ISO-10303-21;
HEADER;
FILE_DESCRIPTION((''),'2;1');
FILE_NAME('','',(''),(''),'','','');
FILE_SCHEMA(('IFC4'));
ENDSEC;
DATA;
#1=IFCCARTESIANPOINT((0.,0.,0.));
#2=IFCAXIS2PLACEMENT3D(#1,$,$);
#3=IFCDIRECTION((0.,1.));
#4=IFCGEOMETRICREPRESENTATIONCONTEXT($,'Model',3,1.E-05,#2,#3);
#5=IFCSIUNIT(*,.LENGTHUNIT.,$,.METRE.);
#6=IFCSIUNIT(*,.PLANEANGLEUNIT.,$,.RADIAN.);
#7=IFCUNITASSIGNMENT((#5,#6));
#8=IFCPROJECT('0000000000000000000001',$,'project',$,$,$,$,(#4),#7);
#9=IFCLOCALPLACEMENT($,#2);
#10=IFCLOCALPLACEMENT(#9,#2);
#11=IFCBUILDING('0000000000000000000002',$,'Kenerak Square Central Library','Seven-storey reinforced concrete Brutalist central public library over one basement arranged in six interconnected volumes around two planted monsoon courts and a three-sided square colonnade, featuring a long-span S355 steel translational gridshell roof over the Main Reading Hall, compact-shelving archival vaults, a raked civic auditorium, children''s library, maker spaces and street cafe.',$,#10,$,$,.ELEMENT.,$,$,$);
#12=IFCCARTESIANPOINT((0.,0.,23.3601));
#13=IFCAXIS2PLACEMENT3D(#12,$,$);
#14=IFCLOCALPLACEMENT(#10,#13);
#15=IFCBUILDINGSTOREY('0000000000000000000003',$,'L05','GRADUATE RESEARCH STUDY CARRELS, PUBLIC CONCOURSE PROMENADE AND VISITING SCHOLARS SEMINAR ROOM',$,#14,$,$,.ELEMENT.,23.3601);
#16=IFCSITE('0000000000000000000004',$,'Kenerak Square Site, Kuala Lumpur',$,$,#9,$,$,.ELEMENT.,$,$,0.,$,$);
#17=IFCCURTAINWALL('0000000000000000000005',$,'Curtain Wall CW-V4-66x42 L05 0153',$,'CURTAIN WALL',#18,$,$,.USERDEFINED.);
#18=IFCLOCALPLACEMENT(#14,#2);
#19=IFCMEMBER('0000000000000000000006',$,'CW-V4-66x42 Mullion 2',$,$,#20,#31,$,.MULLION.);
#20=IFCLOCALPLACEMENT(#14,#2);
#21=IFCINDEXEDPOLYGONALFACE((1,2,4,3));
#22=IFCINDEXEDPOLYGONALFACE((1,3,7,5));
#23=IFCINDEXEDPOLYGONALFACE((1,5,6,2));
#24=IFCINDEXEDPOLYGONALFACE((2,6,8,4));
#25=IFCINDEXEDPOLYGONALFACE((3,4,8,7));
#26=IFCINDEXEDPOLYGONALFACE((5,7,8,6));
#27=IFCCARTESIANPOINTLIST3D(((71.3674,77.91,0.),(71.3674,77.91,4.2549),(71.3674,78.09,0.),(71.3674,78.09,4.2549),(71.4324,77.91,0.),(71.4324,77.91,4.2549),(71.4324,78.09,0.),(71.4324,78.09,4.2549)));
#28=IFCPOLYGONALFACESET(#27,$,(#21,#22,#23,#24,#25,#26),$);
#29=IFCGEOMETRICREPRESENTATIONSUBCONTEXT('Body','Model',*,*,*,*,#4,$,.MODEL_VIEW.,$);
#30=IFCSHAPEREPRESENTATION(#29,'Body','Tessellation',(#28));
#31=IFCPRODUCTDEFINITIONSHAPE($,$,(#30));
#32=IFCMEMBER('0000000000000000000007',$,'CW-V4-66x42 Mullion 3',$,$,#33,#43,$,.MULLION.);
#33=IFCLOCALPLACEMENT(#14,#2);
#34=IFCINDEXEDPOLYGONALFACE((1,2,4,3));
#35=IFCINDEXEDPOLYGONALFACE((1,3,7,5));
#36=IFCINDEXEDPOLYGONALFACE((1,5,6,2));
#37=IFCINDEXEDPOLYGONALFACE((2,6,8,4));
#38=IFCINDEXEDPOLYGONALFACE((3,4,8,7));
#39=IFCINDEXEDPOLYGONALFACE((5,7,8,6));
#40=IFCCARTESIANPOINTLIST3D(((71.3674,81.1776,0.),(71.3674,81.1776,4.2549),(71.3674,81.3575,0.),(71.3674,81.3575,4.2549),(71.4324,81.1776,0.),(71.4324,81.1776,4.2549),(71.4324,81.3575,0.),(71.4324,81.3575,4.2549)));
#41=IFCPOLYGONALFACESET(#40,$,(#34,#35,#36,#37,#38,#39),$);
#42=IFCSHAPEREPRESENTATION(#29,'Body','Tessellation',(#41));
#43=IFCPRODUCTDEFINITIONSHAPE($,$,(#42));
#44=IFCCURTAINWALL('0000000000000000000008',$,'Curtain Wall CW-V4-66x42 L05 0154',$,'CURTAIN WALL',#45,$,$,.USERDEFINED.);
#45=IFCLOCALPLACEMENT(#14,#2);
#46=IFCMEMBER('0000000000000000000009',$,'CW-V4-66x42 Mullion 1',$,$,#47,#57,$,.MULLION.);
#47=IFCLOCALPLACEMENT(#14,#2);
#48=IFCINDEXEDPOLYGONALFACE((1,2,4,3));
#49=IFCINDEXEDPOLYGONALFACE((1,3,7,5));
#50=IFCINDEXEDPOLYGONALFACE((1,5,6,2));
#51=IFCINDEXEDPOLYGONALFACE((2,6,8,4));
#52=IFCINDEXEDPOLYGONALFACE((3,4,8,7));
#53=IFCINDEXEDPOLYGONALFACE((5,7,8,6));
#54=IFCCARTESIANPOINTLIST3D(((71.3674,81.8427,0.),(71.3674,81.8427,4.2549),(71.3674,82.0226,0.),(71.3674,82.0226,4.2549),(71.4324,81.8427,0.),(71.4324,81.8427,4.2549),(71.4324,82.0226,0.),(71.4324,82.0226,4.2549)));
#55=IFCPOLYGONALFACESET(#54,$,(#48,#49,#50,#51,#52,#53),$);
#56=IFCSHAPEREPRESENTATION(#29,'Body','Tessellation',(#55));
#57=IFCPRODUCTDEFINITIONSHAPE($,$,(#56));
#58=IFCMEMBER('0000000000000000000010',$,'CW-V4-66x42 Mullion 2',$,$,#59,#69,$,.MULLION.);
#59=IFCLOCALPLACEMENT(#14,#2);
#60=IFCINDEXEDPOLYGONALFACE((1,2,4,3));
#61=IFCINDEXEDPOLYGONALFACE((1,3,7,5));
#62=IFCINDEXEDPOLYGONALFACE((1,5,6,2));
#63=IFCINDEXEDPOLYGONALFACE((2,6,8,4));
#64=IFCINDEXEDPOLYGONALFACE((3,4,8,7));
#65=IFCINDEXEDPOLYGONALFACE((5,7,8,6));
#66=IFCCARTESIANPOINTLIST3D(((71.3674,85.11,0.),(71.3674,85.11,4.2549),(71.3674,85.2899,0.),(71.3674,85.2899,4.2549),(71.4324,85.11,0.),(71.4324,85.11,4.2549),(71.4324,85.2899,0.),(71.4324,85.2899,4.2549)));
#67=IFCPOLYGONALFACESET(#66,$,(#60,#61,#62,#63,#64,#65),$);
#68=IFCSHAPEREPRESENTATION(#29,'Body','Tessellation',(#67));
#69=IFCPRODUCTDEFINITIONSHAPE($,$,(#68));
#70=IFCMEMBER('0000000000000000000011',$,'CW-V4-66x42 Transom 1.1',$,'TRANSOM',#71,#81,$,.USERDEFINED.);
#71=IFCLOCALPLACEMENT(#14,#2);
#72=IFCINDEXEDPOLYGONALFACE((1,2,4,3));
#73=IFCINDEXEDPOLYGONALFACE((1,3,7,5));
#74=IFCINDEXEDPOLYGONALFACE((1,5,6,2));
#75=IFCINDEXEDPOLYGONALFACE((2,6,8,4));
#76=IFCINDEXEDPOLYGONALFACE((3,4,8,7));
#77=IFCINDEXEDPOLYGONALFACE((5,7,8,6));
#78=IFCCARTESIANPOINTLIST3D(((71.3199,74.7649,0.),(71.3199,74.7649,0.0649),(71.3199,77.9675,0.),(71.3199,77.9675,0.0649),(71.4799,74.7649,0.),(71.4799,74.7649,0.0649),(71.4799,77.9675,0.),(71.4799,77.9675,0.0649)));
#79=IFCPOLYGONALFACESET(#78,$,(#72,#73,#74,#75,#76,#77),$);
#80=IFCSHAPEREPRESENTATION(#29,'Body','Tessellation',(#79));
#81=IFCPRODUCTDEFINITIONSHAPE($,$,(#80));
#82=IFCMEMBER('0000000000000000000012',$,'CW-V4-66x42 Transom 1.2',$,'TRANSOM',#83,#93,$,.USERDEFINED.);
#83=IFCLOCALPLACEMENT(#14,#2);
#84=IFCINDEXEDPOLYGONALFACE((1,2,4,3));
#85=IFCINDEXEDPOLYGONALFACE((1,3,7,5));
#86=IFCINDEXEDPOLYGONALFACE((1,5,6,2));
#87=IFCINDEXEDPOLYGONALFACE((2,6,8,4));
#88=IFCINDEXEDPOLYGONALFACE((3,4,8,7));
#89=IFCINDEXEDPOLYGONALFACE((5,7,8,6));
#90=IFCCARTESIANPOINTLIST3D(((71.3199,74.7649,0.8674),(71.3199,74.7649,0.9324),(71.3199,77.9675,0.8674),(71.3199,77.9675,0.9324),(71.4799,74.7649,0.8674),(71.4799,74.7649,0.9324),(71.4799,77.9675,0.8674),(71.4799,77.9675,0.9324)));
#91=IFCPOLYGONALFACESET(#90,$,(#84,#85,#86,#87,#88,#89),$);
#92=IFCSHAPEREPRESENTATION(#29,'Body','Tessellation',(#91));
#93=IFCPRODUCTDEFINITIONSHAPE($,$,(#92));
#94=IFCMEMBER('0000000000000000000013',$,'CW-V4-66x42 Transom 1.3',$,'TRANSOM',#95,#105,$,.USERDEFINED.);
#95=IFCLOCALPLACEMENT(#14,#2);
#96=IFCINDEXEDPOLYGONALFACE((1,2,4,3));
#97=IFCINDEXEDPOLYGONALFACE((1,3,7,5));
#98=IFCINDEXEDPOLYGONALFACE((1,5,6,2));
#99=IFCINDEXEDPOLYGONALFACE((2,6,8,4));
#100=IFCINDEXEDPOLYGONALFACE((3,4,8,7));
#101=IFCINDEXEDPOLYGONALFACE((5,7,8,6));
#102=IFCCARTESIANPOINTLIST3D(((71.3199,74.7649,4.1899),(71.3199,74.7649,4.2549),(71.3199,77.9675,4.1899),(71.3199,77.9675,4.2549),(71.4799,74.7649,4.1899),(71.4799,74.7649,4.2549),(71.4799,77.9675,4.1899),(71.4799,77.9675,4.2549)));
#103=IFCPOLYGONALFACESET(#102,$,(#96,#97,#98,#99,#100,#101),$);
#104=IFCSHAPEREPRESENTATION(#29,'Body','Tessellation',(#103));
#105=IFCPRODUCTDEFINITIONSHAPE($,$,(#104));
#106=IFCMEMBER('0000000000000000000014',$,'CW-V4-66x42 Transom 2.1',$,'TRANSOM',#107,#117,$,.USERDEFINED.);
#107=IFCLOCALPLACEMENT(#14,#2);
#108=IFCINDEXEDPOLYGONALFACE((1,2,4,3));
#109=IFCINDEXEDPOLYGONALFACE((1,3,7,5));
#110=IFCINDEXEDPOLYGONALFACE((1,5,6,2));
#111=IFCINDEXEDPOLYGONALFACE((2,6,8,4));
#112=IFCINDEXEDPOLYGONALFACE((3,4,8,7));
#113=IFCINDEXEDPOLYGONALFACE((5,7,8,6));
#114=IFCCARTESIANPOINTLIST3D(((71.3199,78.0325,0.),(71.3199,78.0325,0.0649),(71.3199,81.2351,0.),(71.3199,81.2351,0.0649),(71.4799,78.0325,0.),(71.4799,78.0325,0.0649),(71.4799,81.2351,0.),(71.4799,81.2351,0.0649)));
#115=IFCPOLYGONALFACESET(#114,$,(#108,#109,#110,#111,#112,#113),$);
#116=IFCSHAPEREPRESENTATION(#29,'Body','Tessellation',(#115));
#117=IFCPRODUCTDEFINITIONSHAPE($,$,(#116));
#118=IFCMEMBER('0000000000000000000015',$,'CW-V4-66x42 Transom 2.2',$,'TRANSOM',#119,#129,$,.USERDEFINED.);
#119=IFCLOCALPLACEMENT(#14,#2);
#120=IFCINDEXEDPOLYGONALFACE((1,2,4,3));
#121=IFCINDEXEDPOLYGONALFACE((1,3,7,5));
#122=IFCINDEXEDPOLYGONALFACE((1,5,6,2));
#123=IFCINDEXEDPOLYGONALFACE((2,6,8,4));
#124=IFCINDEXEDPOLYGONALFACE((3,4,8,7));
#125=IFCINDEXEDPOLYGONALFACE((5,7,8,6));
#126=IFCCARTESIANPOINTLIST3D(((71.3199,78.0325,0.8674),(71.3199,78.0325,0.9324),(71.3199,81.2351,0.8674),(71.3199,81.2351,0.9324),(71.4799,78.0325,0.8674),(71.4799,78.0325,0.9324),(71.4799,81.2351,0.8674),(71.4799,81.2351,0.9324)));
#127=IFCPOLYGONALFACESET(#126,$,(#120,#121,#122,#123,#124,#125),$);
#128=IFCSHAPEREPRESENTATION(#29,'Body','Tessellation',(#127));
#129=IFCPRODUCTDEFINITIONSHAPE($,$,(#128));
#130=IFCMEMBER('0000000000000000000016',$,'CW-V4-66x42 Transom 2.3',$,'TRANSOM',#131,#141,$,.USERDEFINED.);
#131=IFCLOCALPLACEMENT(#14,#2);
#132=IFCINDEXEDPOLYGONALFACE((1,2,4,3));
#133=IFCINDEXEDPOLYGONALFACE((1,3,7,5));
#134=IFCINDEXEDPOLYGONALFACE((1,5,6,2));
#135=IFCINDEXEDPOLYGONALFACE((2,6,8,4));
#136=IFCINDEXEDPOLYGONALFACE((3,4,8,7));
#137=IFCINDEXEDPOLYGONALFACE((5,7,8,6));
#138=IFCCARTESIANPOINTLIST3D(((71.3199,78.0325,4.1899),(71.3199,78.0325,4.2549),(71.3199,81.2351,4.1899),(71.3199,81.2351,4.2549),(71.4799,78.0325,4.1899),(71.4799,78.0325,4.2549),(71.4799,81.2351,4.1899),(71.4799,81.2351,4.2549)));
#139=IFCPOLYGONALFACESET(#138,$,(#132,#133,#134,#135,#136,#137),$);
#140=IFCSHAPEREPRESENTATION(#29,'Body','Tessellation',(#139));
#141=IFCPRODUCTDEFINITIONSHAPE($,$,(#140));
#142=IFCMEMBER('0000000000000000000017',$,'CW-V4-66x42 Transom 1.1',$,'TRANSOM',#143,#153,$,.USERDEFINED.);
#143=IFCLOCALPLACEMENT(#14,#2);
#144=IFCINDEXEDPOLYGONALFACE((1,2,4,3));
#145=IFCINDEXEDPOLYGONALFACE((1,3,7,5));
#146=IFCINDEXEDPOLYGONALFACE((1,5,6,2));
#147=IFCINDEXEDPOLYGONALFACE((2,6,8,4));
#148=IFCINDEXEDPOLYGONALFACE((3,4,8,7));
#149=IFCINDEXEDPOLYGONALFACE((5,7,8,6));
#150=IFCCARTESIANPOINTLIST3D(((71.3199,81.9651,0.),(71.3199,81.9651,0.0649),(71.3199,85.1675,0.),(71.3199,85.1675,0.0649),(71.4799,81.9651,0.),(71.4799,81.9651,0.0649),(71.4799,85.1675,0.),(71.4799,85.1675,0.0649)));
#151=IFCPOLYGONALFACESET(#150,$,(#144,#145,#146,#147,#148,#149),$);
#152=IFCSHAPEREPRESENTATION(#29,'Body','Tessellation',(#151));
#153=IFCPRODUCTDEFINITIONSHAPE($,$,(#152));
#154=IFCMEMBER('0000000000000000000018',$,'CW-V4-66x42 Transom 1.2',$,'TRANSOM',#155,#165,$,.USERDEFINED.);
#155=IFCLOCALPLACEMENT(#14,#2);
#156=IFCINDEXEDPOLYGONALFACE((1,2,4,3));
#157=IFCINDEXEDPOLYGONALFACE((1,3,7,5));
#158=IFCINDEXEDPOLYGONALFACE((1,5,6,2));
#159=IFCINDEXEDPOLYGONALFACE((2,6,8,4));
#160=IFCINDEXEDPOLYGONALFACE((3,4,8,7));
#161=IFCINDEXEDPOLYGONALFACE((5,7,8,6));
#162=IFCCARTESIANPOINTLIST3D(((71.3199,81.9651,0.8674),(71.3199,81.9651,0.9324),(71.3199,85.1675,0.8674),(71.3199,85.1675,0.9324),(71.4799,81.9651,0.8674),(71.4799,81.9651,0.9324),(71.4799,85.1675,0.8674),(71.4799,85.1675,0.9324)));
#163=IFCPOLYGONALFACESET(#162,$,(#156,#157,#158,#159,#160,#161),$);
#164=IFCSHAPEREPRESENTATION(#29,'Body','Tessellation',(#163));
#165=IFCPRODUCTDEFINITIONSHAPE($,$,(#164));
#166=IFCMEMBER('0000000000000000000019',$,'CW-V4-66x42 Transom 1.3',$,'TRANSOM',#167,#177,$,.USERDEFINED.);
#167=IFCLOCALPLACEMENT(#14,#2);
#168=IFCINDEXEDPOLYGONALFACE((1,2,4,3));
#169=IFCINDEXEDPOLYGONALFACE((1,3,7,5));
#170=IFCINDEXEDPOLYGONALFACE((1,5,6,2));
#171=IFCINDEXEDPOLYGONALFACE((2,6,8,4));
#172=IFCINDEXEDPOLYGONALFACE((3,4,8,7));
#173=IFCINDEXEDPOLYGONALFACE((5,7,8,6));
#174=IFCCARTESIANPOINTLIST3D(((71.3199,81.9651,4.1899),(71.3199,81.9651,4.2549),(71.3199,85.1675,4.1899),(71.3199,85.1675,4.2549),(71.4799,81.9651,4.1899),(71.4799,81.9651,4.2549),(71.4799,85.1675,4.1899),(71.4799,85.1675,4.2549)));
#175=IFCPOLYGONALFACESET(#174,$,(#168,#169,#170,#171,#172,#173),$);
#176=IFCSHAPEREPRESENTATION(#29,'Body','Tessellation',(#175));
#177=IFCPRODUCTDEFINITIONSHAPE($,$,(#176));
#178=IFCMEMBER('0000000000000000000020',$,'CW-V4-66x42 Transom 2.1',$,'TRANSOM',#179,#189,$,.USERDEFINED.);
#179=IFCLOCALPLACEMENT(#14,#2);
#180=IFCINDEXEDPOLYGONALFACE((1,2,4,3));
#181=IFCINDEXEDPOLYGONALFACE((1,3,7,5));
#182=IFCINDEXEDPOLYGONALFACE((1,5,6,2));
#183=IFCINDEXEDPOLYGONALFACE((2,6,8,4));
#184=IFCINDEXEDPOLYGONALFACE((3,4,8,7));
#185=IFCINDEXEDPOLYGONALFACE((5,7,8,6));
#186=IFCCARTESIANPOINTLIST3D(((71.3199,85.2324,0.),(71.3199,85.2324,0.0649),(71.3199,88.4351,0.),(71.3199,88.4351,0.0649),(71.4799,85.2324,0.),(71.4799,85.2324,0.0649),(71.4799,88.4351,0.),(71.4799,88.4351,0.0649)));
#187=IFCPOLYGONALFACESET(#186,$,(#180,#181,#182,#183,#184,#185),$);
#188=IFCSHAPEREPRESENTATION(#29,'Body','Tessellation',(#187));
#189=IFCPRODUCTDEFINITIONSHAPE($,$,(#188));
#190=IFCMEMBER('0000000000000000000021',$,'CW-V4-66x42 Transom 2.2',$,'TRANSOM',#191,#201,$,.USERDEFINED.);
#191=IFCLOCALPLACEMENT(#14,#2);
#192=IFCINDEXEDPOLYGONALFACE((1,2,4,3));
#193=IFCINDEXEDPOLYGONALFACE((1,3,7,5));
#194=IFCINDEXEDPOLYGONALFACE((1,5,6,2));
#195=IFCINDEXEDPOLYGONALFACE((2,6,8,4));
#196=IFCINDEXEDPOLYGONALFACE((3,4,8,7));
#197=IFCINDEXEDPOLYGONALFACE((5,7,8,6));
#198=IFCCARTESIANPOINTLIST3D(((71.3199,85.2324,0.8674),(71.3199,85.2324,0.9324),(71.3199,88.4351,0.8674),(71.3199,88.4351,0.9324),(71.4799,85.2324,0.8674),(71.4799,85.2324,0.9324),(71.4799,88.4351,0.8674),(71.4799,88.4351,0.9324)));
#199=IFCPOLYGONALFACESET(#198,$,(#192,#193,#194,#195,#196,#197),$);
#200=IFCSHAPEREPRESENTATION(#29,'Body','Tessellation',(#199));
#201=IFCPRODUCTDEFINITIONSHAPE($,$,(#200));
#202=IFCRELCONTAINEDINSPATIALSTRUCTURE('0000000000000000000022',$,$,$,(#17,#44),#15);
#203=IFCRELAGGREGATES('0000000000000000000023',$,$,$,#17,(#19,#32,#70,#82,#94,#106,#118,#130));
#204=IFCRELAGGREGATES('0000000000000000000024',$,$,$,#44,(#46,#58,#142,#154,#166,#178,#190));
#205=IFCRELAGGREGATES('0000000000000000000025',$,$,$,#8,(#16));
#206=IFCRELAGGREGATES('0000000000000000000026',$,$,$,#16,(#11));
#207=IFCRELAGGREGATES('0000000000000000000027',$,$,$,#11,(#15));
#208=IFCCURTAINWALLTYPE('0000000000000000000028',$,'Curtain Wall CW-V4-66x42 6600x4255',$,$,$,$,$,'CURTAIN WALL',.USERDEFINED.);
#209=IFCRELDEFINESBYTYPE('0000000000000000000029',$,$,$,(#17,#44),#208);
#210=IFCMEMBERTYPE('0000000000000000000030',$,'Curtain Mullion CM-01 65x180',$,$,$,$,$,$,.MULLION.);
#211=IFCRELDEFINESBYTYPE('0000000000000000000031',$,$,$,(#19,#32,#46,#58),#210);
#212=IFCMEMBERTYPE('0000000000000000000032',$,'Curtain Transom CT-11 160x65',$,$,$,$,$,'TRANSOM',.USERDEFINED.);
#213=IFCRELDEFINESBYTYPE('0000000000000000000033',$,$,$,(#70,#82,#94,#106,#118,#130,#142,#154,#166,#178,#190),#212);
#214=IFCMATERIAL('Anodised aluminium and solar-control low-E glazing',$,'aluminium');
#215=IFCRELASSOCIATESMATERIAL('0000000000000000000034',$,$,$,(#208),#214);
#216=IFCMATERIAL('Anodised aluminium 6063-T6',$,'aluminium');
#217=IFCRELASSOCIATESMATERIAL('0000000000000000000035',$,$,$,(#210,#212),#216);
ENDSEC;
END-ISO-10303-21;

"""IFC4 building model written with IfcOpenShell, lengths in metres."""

from ifc_helpers import new_model, si_unit, direction, frame, origin, origin_2d, place, context, subcontext, project, spatial, rectangle, extrude, material, material_profile, profile_set, type_object, element, aggregate, save


model = new_model("IFC4")

# Units and contexts
model_context = context("Model", 3, precision=1e-05, world=origin(), true_north=direction((0.0, 1.0)))
body_context = subcontext(model_context, "Body", "Model", "MODEL_VIEW")
ifc_project = project(units=[si_unit("LENGTHUNIT", "METRE"), si_unit("PLANEANGLEUNIT", "RADIAN")], contexts=[model_context])

# Site, building, storey
site_placement = place(None, origin())
site = spatial("IfcSite", under=ifc_project, at=site_placement, Name="Kenerak Square Site, Kuala Lumpur", CompositionType="ELEMENT", RefElevation=0.0)
building_placement = place(site_placement, origin())
building = spatial("IfcBuilding", under=site, at=building_placement, Name="Kenerak Square Central Library", Description="Seven-storey reinforced concrete Brutalist central public library over one basement arranged in six interconnected volumes around two planted monsoon courts and a three-sided square colonnade, featuring a long-span S355 steel translational gridshell roof over the Main Reading Hall, compact-shelving archival vaults, a raked civic auditorium, children's library, maker spaces and street cafe.", CompositionType="ELEMENT")
storey_placement = place(building_placement, frame((0.0, 0.0, 23.3601)))
storey = spatial("IfcBuildingStorey", under=building, at=storey_placement, Name="L05", Description="GRADUATE RESEARCH STUDY CARRELS, PUBLIC CONCOURSE PROMENADE AND VISITING SCHOLARS SEMINAR ROOM", CompositionType="ELEMENT", Elevation=23.3601)

# Curtain walls, members
ifc_material_1 = material(Name="Anodised aluminium and solar-control low-E glazing", Category="aluminium")
curtain_wall_type = type_object("IfcCurtainWallType", Name="Curtain Wall CW-V4-66x42 6600x4255", ElementType="CURTAIN WALL", PredefinedType="USERDEFINED", material=ifc_material_1)
curtain_wall_1_placement = place(storey_placement, origin())
curtain_wall_1 = element("IfcCurtainWall", 1, at=curtain_wall_1_placement, inside=storey, type_object=curtain_wall_type, Name="Curtain Wall CW-V4-66x42 L05 0153", ObjectType="CURTAIN WALL", PredefinedType="USERDEFINED")
ifc_material_2 = material(Name="Anodised aluminium 6063-T6", Category="aluminium")
ifc_material_profile_1 = material_profile(ifc_material_2, rectangle(XDim=0.0649, YDim=0.1799, at=origin_2d()), Name="AL MULLION 65x180")
ifc_profile_set_1 = profile_set([ifc_material_profile_1], Name="Anodised aluminium 6063-T6")
member_type_1 = type_object("IfcMemberType", Name="Curtain Mullion CM-01 65x180", PredefinedType="MULLION", material=ifc_profile_set_1)
member_1_placement = place(storey_placement, frame((71.3999, 78.0, 0.0), z_axis=(0.0, 0.0, 1.0), x_axis=(-1.0, 0.0, 0.0)))
member_1 = element("IfcMember", 2, at=member_1_placement, type_object=member_type_1, Name="CW-V4-66x42 Mullion 2", PredefinedType="MULLION", context=body_context, shape_type="SweptSolid", body=[
    extrude(rectangle(XDim=0.0649, YDim=0.1799, at=origin_2d()), origin(), (0.0, 0.0, 1.0), 4.2549),
])
member_2_placement = place(storey_placement, frame((71.3999, 81.2676, 0.0), z_axis=(0.0, 0.0, 1.0), x_axis=(-1.0, 0.0, 0.0)))
member_2 = element("IfcMember", 3, at=member_2_placement, type_object=member_type_1, Name="CW-V4-66x42 Mullion 3", PredefinedType="MULLION", context=body_context, shape_type="SweptSolid", body=[
    extrude(rectangle(XDim=0.0649, YDim=0.1799, at=origin_2d()), origin(), (0.0, 0.0, 1.0), 4.2549),
])
curtain_wall_2_placement = place(storey_placement, origin())
curtain_wall_2 = element("IfcCurtainWall", 4, at=curtain_wall_2_placement, inside=storey, type_object=curtain_wall_type, Name="Curtain Wall CW-V4-66x42 L05 0154", ObjectType="CURTAIN WALL", PredefinedType="USERDEFINED")
member_3_placement = place(storey_placement, frame((71.3999, 81.9326, 0.0), z_axis=(0.0, 0.0, 1.0), x_axis=(-1.0, 0.0, 0.0)))
member_3 = element("IfcMember", 5, at=member_3_placement, type_object=member_type_1, Name="CW-V4-66x42 Mullion 1", PredefinedType="MULLION", context=body_context, shape_type="SweptSolid", body=[
    extrude(rectangle(XDim=0.0649, YDim=0.1799, at=origin_2d()), origin(), (0.0, 0.0, 1.0), 4.2549),
])
member_4_placement = place(storey_placement, frame((71.3999, 85.2, 0.0), z_axis=(0.0, 0.0, 1.0), x_axis=(-1.0, 0.0, 0.0)))
member_4 = element("IfcMember", 6, at=member_4_placement, type_object=member_type_1, Name="CW-V4-66x42 Mullion 2", PredefinedType="MULLION", context=body_context, shape_type="SweptSolid", body=[
    extrude(rectangle(XDim=0.0649, YDim=0.1799, at=origin_2d()), origin(), (0.0, 0.0, 1.0), 4.2549),
])

# Members
ifc_material_profile_2 = material_profile(ifc_material_2, rectangle(XDim=0.1599, YDim=0.0649, at=origin_2d()), Name="AL TRANSOM 160x65")
ifc_profile_set_2 = profile_set([ifc_material_profile_2], Name="Anodised aluminium 6063-T6")
member_type_2 = type_object("IfcMemberType", Name="Curtain Transom CT-11 160x65", ElementType="TRANSOM", PredefinedType="USERDEFINED", material=ifc_profile_set_2)
member_5_placement = place(storey_placement, frame((71.3999, 74.7649, 0.0325), z_axis=(0.0, 1.0, 0.0), x_axis=(-1.0, 0.0, 0.0)))
member_5 = element("IfcMember", 7, at=member_5_placement, type_object=member_type_2, Name="CW-V4-66x42 Transom 1.1", ObjectType="TRANSOM", PredefinedType="USERDEFINED", context=body_context, shape_type="SweptSolid", body=[
    extrude(rectangle(XDim=0.1599, YDim=0.0649, at=origin_2d()), origin(), (0.0, 0.0, 1.0), 3.2026),
])
member_6_placement = place(storey_placement, frame((71.3999, 74.7649, 0.8999), z_axis=(0.0, 1.0, 0.0), x_axis=(-1.0, 0.0, 0.0)))
member_6 = element("IfcMember", 8, at=member_6_placement, type_object=member_type_2, Name="CW-V4-66x42 Transom 1.2", ObjectType="TRANSOM", PredefinedType="USERDEFINED", context=body_context, shape_type="SweptSolid", body=[
    extrude(rectangle(XDim=0.1599, YDim=0.0649, at=origin_2d()), origin(), (0.0, 0.0, 1.0), 3.2026),
])
member_7_placement = place(storey_placement, frame((71.3999, 74.7649, 4.2224), z_axis=(0.0, 1.0, 0.0), x_axis=(-1.0, 0.0, 0.0)))
member_7 = element("IfcMember", 9, at=member_7_placement, type_object=member_type_2, Name="CW-V4-66x42 Transom 1.3", ObjectType="TRANSOM", PredefinedType="USERDEFINED", context=body_context, shape_type="SweptSolid", body=[
    extrude(rectangle(XDim=0.1599, YDim=0.0649, at=origin_2d()), origin(), (0.0, 0.0, 1.0), 3.2026),
])
member_8_placement = place(storey_placement, frame((71.3999, 78.0325, 0.0325), z_axis=(0.0, 1.0, 0.0), x_axis=(-1.0, 0.0, 0.0)))
member_8 = element("IfcMember", 10, at=member_8_placement, type_object=member_type_2, Name="CW-V4-66x42 Transom 2.1", ObjectType="TRANSOM", PredefinedType="USERDEFINED", context=body_context, shape_type="SweptSolid", body=[
    extrude(rectangle(XDim=0.1599, YDim=0.0649, at=origin_2d()), origin(), (0.0, 0.0, 1.0), 3.2026),
])
member_9_placement = place(storey_placement, frame((71.3999, 78.0325, 0.8999), z_axis=(0.0, 1.0, 0.0), x_axis=(-1.0, 0.0, 0.0)))
member_9 = element("IfcMember", 11, at=member_9_placement, type_object=member_type_2, Name="CW-V4-66x42 Transom 2.2", ObjectType="TRANSOM", PredefinedType="USERDEFINED", context=body_context, shape_type="SweptSolid", body=[
    extrude(rectangle(XDim=0.1599, YDim=0.0649, at=origin_2d()), origin(), (0.0, 0.0, 1.0), 3.2026),
])
member_10_placement = place(storey_placement, frame((71.3999, 78.0325, 4.2224), z_axis=(0.0, 1.0, 0.0), x_axis=(-1.0, 0.0, 0.0)))
member_10 = element("IfcMember", 12, at=member_10_placement, type_object=member_type_2, Name="CW-V4-66x42 Transom 2.3", ObjectType="TRANSOM", PredefinedType="USERDEFINED", context=body_context, shape_type="SweptSolid", body=[
    extrude(rectangle(XDim=0.1599, YDim=0.0649, at=origin_2d()), origin(), (0.0, 0.0, 1.0), 3.2026),
])
member_11_placement = place(storey_placement, frame((71.3999, 81.9651, 0.0325), z_axis=(0.0, 1.0, 0.0), x_axis=(-1.0, 0.0, 0.0)))
member_11 = element("IfcMember", 13, at=member_11_placement, type_object=member_type_2, Name="CW-V4-66x42 Transom 1.1", ObjectType="TRANSOM", PredefinedType="USERDEFINED", context=body_context, shape_type="SweptSolid", body=[
    extrude(rectangle(XDim=0.1599, YDim=0.0649, at=origin_2d()), origin(), (0.0, 0.0, 1.0), 3.2024),
])
member_12_placement = place(storey_placement, frame((71.3999, 81.9651, 0.8999), z_axis=(0.0, 1.0, 0.0), x_axis=(-1.0, 0.0, 0.0)))
member_12 = element("IfcMember", 14, at=member_12_placement, type_object=member_type_2, Name="CW-V4-66x42 Transom 1.2", ObjectType="TRANSOM", PredefinedType="USERDEFINED", context=body_context, shape_type="SweptSolid", body=[
    extrude(rectangle(XDim=0.1599, YDim=0.0649, at=origin_2d()), origin(), (0.0, 0.0, 1.0), 3.2024),
])
member_13_placement = place(storey_placement, frame((71.3999, 81.9651, 4.2224), z_axis=(0.0, 1.0, 0.0), x_axis=(-1.0, 0.0, 0.0)))
member_13 = element("IfcMember", 15, at=member_13_placement, type_object=member_type_2, Name="CW-V4-66x42 Transom 1.3", ObjectType="TRANSOM", PredefinedType="USERDEFINED", context=body_context, shape_type="SweptSolid", body=[
    extrude(rectangle(XDim=0.1599, YDim=0.0649, at=origin_2d()), origin(), (0.0, 0.0, 1.0), 3.2024),
])
member_14_placement = place(storey_placement, frame((71.3999, 85.2324, 0.0325), z_axis=(0.0, 1.0, 0.0), x_axis=(-1.0, 0.0, 0.0)))
member_14 = element("IfcMember", 16, at=member_14_placement, type_object=member_type_2, Name="CW-V4-66x42 Transom 2.1", ObjectType="TRANSOM", PredefinedType="USERDEFINED", context=body_context, shape_type="SweptSolid", body=[
    extrude(rectangle(XDim=0.1599, YDim=0.0649, at=origin_2d()), origin(), (0.0, 0.0, 1.0), 3.2026),
])
member_15_placement = place(storey_placement, frame((71.3999, 85.2324, 0.8999), z_axis=(0.0, 1.0, 0.0), x_axis=(-1.0, 0.0, 0.0)))
member_15 = element("IfcMember", 17, at=member_15_placement, type_object=member_type_2, Name="CW-V4-66x42 Transom 2.2", ObjectType="TRANSOM", PredefinedType="USERDEFINED", context=body_context, shape_type="SweptSolid", body=[
    extrude(rectangle(XDim=0.1599, YDim=0.0649, at=origin_2d()), origin(), (0.0, 0.0, 1.0), 3.2026),
])

aggregate(curtain_wall_1, [member_1, member_2, member_5, member_6, member_7, member_8, member_9, member_10])
aggregate(curtain_wall_2, [member_3, member_4, member_11, member_12, member_13, member_14, member_15])

save(model, "model.ifc")
